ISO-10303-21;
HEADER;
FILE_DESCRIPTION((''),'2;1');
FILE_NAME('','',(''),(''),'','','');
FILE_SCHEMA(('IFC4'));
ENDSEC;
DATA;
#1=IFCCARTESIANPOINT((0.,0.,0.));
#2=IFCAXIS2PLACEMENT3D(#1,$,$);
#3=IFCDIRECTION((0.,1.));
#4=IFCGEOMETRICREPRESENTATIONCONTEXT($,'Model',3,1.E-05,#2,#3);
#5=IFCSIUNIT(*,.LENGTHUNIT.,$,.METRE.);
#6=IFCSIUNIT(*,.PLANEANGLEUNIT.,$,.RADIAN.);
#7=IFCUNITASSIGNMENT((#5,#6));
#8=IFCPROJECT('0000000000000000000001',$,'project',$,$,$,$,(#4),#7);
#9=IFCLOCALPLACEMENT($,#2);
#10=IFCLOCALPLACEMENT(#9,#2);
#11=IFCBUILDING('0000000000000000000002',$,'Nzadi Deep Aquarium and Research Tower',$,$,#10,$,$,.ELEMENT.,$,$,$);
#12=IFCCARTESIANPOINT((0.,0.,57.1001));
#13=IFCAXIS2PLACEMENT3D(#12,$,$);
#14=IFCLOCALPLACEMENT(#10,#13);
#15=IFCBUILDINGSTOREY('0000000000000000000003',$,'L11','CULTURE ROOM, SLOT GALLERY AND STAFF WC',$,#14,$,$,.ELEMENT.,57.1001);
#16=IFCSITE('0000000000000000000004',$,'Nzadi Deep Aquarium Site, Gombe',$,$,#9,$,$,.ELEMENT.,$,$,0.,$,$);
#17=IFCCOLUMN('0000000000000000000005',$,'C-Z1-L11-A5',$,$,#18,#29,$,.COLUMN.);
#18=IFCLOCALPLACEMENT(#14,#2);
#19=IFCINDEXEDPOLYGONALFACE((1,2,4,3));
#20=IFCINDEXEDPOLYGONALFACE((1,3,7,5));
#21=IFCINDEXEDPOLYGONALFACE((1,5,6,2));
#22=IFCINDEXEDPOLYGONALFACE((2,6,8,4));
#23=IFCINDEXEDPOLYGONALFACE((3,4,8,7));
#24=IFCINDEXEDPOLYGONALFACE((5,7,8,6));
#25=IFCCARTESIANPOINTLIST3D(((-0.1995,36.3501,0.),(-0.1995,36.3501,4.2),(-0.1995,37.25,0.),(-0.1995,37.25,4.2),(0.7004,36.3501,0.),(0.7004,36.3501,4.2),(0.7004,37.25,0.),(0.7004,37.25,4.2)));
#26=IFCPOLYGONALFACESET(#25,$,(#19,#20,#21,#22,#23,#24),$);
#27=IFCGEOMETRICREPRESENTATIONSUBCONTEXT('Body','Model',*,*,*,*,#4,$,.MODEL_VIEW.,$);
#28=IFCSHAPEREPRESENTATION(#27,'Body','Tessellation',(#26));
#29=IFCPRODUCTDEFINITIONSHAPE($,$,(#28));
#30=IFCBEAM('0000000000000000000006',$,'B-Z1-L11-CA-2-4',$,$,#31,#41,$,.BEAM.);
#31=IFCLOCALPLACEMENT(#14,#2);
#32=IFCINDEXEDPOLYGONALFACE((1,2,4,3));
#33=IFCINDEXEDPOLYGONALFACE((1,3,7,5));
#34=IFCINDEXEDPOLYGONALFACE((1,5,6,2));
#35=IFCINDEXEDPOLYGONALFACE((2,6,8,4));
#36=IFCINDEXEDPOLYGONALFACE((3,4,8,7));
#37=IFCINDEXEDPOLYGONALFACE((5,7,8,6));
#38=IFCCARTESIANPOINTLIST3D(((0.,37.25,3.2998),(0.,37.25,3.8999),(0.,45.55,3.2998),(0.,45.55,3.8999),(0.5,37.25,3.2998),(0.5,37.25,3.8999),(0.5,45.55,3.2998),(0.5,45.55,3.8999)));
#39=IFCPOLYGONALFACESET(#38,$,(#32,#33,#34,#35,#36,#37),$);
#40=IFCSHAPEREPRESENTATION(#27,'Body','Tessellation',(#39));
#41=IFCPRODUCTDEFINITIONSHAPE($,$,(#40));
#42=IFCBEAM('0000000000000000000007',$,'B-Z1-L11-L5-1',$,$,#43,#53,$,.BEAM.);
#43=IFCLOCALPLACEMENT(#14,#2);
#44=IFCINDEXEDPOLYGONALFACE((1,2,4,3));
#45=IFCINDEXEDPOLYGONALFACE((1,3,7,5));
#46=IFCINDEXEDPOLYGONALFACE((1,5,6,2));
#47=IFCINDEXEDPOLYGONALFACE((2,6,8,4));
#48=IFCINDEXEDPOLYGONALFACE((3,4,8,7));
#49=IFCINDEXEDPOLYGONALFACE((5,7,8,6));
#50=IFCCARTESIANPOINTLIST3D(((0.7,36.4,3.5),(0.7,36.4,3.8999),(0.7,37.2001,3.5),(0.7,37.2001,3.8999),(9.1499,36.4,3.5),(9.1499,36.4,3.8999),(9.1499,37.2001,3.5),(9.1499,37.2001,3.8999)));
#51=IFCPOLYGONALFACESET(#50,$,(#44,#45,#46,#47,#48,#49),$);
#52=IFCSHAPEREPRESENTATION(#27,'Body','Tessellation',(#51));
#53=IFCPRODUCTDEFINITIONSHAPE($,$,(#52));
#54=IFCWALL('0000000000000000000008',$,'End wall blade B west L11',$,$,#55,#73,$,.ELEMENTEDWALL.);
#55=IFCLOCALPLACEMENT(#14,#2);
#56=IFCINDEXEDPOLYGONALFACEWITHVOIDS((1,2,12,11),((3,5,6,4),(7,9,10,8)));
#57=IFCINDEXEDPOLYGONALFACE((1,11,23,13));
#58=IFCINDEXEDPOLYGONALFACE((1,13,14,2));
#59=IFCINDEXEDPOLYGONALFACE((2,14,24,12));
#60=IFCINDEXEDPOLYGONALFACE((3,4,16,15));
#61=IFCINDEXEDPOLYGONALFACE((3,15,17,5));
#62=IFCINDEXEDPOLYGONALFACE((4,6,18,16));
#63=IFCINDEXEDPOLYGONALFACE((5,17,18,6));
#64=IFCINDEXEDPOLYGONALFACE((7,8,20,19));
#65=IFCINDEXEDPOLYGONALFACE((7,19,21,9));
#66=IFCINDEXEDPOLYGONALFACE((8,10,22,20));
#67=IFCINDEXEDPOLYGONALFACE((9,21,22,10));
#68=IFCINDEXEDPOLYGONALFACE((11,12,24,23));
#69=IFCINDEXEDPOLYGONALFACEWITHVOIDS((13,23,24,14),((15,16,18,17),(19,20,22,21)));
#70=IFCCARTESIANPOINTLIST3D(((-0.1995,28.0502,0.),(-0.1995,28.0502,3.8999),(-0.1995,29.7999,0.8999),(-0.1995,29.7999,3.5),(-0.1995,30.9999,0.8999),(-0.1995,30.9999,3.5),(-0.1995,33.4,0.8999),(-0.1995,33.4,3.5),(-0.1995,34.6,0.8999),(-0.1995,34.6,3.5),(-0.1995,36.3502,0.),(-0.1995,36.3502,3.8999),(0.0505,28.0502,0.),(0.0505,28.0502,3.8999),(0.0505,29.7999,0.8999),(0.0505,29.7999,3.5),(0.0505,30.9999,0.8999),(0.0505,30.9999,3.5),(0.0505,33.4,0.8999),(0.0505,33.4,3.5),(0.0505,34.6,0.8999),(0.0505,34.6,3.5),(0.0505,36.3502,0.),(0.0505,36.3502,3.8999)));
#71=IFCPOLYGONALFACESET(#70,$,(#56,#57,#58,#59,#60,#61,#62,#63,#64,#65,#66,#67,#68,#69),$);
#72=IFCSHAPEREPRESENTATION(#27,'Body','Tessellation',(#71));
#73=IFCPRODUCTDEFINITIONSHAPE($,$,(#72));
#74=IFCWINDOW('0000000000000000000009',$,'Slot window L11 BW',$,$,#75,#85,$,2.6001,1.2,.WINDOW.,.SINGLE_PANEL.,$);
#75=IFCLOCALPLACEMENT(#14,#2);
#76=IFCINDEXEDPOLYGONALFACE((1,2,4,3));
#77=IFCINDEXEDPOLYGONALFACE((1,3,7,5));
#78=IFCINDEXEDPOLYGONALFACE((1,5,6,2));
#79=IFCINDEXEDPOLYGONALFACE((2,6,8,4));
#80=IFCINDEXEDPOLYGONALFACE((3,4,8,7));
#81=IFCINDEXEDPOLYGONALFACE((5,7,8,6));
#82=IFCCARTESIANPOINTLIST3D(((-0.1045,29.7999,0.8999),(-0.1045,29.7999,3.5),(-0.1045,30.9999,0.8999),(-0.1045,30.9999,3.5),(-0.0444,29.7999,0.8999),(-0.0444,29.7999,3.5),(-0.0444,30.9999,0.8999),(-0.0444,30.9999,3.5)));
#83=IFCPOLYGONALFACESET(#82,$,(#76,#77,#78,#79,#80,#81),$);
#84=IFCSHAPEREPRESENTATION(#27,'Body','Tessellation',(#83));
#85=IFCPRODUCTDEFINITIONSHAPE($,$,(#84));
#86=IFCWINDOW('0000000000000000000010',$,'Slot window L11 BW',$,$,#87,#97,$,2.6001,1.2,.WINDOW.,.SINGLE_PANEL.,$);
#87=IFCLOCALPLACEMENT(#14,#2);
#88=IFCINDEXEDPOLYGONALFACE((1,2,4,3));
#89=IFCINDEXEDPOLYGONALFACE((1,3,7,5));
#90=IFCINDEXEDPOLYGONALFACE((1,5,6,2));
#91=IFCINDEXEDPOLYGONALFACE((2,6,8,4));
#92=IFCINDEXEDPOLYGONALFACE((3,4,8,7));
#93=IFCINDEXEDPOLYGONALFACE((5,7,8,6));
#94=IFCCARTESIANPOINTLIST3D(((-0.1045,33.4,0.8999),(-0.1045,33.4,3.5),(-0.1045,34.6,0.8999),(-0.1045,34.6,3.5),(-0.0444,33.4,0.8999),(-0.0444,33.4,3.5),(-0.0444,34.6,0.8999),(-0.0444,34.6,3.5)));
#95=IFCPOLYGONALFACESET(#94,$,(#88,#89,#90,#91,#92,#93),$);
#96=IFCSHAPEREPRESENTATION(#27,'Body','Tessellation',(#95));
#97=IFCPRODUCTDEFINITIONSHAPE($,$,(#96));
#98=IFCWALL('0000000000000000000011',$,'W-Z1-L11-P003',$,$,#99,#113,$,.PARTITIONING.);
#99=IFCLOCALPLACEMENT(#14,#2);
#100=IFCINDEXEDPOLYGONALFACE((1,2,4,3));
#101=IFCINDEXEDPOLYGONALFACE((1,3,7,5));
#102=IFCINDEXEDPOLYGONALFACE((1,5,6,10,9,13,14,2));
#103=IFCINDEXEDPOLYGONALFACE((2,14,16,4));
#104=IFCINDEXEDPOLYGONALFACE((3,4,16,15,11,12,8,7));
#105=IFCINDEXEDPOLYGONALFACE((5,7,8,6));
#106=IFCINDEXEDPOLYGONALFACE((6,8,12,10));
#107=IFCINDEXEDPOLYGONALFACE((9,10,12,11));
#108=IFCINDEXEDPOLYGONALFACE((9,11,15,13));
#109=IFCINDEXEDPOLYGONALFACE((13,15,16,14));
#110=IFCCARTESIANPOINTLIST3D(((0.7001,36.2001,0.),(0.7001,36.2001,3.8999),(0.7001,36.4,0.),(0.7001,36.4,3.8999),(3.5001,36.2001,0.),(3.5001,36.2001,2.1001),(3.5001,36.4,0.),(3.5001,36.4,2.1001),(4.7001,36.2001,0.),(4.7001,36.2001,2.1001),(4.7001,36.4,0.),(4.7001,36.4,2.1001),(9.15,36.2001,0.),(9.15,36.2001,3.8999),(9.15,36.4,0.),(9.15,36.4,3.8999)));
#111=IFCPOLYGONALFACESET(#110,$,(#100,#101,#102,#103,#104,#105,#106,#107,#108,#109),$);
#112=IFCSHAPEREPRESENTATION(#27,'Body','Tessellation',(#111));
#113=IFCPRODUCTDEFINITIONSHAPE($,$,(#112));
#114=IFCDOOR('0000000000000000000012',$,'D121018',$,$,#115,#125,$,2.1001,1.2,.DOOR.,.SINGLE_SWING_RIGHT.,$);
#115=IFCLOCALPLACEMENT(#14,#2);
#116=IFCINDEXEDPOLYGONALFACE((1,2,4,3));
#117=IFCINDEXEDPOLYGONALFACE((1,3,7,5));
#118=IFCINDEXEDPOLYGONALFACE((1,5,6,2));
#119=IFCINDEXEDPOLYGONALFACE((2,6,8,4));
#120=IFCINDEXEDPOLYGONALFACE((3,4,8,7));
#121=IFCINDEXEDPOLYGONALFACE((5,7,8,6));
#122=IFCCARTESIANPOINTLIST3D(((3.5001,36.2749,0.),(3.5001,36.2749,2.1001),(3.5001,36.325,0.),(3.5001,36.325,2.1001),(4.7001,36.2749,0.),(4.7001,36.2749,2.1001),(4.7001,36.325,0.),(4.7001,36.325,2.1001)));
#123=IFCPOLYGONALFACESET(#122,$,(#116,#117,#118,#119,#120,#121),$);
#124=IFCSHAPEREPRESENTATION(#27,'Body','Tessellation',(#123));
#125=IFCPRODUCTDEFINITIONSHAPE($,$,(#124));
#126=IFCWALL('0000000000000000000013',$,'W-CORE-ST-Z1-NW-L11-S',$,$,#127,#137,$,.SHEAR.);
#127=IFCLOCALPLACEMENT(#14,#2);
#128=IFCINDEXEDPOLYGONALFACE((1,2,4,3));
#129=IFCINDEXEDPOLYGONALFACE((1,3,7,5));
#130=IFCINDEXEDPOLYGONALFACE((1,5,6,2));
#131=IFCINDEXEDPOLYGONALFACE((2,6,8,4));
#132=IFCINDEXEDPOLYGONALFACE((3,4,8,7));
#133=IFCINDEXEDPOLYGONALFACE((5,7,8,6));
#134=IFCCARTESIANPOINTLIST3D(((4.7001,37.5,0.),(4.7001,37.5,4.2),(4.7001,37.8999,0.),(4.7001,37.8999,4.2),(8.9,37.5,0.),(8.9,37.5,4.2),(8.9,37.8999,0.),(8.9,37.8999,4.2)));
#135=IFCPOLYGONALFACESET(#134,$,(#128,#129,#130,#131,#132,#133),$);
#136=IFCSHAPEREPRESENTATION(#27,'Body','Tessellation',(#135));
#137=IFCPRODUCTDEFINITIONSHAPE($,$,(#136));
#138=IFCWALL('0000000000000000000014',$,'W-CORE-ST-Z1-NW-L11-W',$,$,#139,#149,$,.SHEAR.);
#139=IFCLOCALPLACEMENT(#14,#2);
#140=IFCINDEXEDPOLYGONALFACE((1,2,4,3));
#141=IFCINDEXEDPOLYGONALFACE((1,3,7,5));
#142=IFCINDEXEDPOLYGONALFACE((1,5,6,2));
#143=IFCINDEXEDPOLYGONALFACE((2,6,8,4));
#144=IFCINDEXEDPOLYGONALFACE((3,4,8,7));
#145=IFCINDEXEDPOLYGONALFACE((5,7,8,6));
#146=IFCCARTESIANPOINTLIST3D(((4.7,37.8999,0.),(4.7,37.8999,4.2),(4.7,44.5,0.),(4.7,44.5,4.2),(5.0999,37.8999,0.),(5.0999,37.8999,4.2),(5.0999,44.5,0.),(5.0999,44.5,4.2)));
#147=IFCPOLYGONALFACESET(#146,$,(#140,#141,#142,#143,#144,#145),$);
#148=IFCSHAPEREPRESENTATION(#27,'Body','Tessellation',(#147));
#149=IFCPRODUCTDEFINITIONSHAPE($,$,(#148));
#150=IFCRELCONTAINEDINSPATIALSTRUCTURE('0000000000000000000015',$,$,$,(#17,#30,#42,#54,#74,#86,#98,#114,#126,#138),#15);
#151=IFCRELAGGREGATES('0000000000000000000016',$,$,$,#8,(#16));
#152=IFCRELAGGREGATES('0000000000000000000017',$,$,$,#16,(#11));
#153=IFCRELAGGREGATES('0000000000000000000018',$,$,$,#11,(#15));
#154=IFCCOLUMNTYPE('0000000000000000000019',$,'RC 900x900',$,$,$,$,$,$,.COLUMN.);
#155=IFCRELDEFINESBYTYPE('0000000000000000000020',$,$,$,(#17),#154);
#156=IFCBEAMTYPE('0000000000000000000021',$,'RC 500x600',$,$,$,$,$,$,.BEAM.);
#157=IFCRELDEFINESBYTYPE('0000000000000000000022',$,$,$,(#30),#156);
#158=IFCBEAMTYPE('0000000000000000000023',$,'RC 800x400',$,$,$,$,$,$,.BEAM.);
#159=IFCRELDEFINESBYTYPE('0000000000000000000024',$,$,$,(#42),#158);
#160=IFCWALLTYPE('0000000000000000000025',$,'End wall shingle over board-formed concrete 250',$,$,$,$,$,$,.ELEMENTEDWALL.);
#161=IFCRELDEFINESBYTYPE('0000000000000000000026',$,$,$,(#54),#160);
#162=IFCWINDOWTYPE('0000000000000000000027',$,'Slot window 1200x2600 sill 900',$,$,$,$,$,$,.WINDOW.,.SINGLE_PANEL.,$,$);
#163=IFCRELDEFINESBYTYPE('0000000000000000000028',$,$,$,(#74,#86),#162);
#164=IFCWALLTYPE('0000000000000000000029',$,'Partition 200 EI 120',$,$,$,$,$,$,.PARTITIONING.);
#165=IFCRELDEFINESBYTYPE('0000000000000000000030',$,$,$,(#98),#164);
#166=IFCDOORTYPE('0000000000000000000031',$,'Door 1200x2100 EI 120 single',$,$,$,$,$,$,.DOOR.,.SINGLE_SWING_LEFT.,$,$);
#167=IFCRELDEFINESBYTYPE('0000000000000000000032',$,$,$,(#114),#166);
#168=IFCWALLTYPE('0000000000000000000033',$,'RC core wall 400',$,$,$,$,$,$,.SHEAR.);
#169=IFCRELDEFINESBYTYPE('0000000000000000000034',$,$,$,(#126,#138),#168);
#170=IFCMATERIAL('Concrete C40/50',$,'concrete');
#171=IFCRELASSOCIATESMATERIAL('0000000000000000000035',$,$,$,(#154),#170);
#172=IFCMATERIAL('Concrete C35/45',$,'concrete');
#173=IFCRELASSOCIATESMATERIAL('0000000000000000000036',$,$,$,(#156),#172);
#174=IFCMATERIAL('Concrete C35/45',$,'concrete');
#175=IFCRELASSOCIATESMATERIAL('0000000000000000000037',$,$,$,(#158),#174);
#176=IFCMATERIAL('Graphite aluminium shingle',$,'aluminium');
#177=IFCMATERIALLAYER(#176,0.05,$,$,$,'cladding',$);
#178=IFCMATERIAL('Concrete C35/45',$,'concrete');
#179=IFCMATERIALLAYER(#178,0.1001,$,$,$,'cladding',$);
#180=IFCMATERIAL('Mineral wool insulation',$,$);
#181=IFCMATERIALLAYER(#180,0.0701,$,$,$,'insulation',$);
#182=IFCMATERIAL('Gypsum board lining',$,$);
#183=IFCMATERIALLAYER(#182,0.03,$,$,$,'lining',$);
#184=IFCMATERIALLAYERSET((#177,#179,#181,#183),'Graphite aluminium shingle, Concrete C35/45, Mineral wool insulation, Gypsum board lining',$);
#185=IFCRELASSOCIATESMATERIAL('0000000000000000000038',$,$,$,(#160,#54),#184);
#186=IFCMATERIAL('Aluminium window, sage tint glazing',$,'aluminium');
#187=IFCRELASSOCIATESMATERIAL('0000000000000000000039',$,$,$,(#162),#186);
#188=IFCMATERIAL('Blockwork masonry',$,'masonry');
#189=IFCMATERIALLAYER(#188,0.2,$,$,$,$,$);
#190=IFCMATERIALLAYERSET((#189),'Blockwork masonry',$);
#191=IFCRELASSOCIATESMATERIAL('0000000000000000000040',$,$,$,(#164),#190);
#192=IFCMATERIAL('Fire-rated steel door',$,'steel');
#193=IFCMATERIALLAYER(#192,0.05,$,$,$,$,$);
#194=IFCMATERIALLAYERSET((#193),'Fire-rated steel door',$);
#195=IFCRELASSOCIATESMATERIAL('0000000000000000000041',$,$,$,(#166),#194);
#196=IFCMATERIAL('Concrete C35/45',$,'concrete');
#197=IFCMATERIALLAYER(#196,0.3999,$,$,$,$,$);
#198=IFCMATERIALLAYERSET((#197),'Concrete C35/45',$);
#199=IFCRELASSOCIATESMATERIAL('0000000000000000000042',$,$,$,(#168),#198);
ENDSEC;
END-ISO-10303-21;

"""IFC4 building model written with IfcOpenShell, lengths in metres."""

from ifc_helpers import new_model, si_unit, direction, frame, frame_2d, origin, origin_2d, place, context, subcontext, project, spatial, rectangle, extrude, material, layer, layer_set, layer_usage, material_profile, profile_set, type_object, element, fill, save


model = new_model("IFC4")

# Units and contexts
model_context = context("Model", 3, precision=1e-05, world=origin(), true_north=direction((0.0, 1.0)))
body_context = subcontext(model_context, "Body", "Model", "MODEL_VIEW")
ifc_project = project(units=[si_unit("LENGTHUNIT", "METRE"), si_unit("PLANEANGLEUNIT", "RADIAN")], contexts=[model_context])

# Site, building, storey
site_placement = place(None, origin())
site = spatial("IfcSite", under=ifc_project, at=site_placement, Name="Nzadi Deep Aquarium Site, Gombe", CompositionType="ELEMENT", RefElevation=0.0)
building_placement = place(site_placement, origin())
building = spatial("IfcBuilding", under=site, at=building_placement, Name="Nzadi Deep Aquarium and Research Tower", CompositionType="ELEMENT")
storey_placement = place(building_placement, frame((0.0, 0.0, 57.1001)))
storey = spatial("IfcBuildingStorey", under=building, at=storey_placement, Name="L11", Description="CULTURE ROOM, SLOT GALLERY AND STAFF WC", CompositionType="ELEMENT", Elevation=57.1001)

# Column
ifc_material_1 = material(Name="Concrete C40/50", Category="concrete")
ifc_material_profile_1 = material_profile(ifc_material_1, rectangle(XDim=0.8999, YDim=0.8999, at=origin_2d()))
ifc_profile_set_1 = profile_set([ifc_material_profile_1], Name="Concrete C40/50")
column_type = type_object("IfcColumnType", Name="RC 900x900", PredefinedType="COLUMN", material=ifc_profile_set_1)
column_placement = place(storey_placement, frame((0.2505, 36.8, 0.0), z_axis=(0.0, 0.0, 1.0), x_axis=(1.0, 0.0, 0.0)))
element("IfcColumn", 1, at=column_placement, inside=storey, type_object=column_type, Name="C-Z1-L11-A5", PredefinedType="COLUMN", context=body_context, shape_type="SweptSolid", body=[
    extrude(rectangle(XDim=0.8999, YDim=0.8999, at=origin_2d()), origin(), (0.0, 0.0, 1.0), 4.2),
])

# Beams
ifc_material_2 = material(Name="Concrete C35/45", Category="concrete")
ifc_material_profile_2 = material_profile(ifc_material_2, rectangle(XDim=0.5, YDim=0.6001, at=origin_2d()))
ifc_profile_set_2 = profile_set([ifc_material_profile_2], Name="Concrete C35/45")
beam_type_1 = type_object("IfcBeamType", Name="RC 500x600", PredefinedType="BEAM", material=ifc_profile_set_2)
beam_1_placement = place(storey_placement, frame((0.25, 37.25, 3.5999), z_axis=(0.0, 1.0, 0.0), x_axis=(-1.0, 0.0, 0.0)))
element("IfcBeam", 2, at=beam_1_placement, inside=storey, type_object=beam_type_1, Name="B-Z1-L11-CA-2-4", PredefinedType="BEAM", context=body_context, shape_type="SweptSolid", body=[
    extrude(rectangle(XDim=0.5, YDim=0.6001, at=origin_2d()), origin(), (0.0, 0.0, 1.0), 8.3),
])
ifc_material_3 = material(Name="Concrete C35/45", Category="concrete")
ifc_material_profile_3 = material_profile(ifc_material_3, rectangle(XDim=0.8, YDim=0.3999, at=origin_2d()))
ifc_profile_set_3 = profile_set([ifc_material_profile_3], Name="Concrete C35/45")
beam_type_2 = type_object("IfcBeamType", Name="RC 800x400", PredefinedType="BEAM", material=ifc_profile_set_3)
beam_2_placement = place(storey_placement, frame((0.7, 36.8, 3.7), z_axis=(1.0, 0.0, 0.0), x_axis=(0.0, 1.0, 0.0)))
element("IfcBeam", 3, at=beam_2_placement, inside=storey, type_object=beam_type_2, Name="B-Z1-L11-L5-1", PredefinedType="BEAM", context=body_context, shape_type="SweptSolid", body=[
    extrude(rectangle(XDim=0.8, YDim=0.3999, at=origin_2d()), origin(), (0.0, 0.0, 1.0), 8.45),
])

# Wall, openings, windows
ifc_material_4 = material(Name="Graphite aluminium shingle", Category="aluminium")
ifc_layer_1 = layer(ifc_material_4, 0.05, Category="cladding")
ifc_material_5 = material(Name="Concrete C35/45", Category="concrete")
ifc_layer_2 = layer(ifc_material_5, 0.1001, Category="cladding")
ifc_material_6 = material(Name="Mineral wool insulation")
ifc_layer_3 = layer(ifc_material_6, 0.0701, Category="insulation")
ifc_material_7 = material(Name="Gypsum board lining")
ifc_layer_4 = layer(ifc_material_7, 0.03, Category="lining")
ifc_layer_set_1 = layer_set([ifc_layer_1, ifc_layer_2, ifc_layer_3, ifc_layer_4], Name="Graphite aluminium shingle, Concrete C35/45, Mineral wool insulation, Gypsum board lining")
ifc_layer_usage = layer_usage(ifc_layer_set_1, "AXIS2", "POSITIVE", -0.125)
wall_type_1 = type_object("IfcWallType", Name="End wall shingle over board-formed concrete 250", PredefinedType="ELEMENTEDWALL", material=ifc_layer_set_1)
wall_1_placement = place(storey_placement, frame((-0.0745, 36.3501, 0.0), z_axis=(0.0, 0.0, 1.0), x_axis=(0.0, -1.0, 0.0)))
wall_1 = element("IfcWall", 4, at=wall_1_placement, inside=storey, type_object=wall_type_1, material=ifc_layer_usage, Name="End wall blade B west L11", PredefinedType="ELEMENTEDWALL", context=body_context, shape_type="SweptSolid", body=[
    extrude(rectangle(XDim=8.3, YDim=0.25, at=frame_2d((4.1499, 0.0))), origin(), (0.0, 0.0, 1.0), 3.8999),
])
opening_1_placement = place(wall_1_placement, frame((5.3501, 0.0, 0.8999)))
opening_1 = element("IfcOpeningElement", 5, at=opening_1_placement, cuts=wall_1, PredefinedType="OPENING", context=body_context, shape_type="SweptSolid", body=[
    extrude(rectangle(XDim=1.2, YDim=2.6001, at=frame_2d((0.6001, 1.3))), frame((0.0, 0.135, 0.0), z_axis=(0.0, -1.0, 0.0), x_axis=(1.0, 0.0, 0.0)), (0.0, 0.0, 1.0), 0.27),
])
opening_2_placement = place(wall_1_placement, frame((1.75, 0.0, 0.8999)))
opening_2 = element("IfcOpeningElement", 6, at=opening_2_placement, cuts=wall_1, PredefinedType="OPENING", context=body_context, shape_type="SweptSolid", body=[
    extrude(rectangle(XDim=1.2, YDim=2.6001, at=frame_2d((0.6001, 1.3))), frame((0.0, 0.135, 0.0), z_axis=(0.0, -1.0, 0.0), x_axis=(1.0, 0.0, 0.0)), (0.0, 0.0, 1.0), 0.27),
])
ifc_material_8 = material(Name="Aluminium window, sage tint glazing", Category="aluminium")
window_type = type_object("IfcWindowType", Name="Slot window 1200x2600 sill 900", PartitioningType="SINGLE_PANEL", PredefinedType="WINDOW", material=ifc_material_8)
window_1_placement = place(opening_1_placement, origin())
window_1 = element("IfcWindow", 7, at=window_1_placement, inside=storey, type_object=window_type, Name="Slot window L11 BW", OverallHeight=2.6001, OverallWidth=1.2, PartitioningType="SINGLE_PANEL", PredefinedType="WINDOW", context=body_context, shape_type="SweptSolid", body=[
    extrude(rectangle(XDim=1.2, YDim=2.6001, at=frame_2d((0.6001, 1.3))), frame((0.0, 0.03, 0.0), z_axis=(0.0, -1.0, 0.0), x_axis=(1.0, 0.0, 0.0)), (0.0, 0.0, 1.0), 0.0601),
])
fill(opening_1, window_1)
window_2_placement = place(opening_2_placement, origin())
window_2 = element("IfcWindow", 8, at=window_2_placement, inside=storey, type_object=window_type, Name="Slot window L11 BW", OverallHeight=2.6001, OverallWidth=1.2, PartitioningType="SINGLE_PANEL", PredefinedType="WINDOW", context=body_context, shape_type="SweptSolid", body=[
    extrude(rectangle(XDim=1.2, YDim=2.6001, at=frame_2d((0.6001, 1.3))), frame((0.0, 0.03, 0.0), z_axis=(0.0, -1.0, 0.0), x_axis=(1.0, 0.0, 0.0)), (0.0, 0.0, 1.0), 0.0601),
])
fill(opening_2, window_2)

# Wall, opening, door
ifc_material_9 = material(Name="Blockwork masonry", Category="masonry")
ifc_layer_5 = layer(ifc_material_9, 0.2)
ifc_layer_set_2 = layer_set([ifc_layer_5], Name="Blockwork masonry")
wall_type_2 = type_object("IfcWallType", Name="Partition 200 EI 120", PredefinedType="PARTITIONING", material=ifc_layer_set_2)
wall_2_placement = place(storey_placement, frame((0.7, 36.3, 0.0), z_axis=(0.0, 0.0, 1.0), x_axis=(1.0, 0.0, 0.0)))
wall_2 = element("IfcWall", 9, at=wall_2_placement, inside=storey, type_object=wall_type_2, Name="W-Z1-L11-P003", PredefinedType="PARTITIONING", context=body_context, shape_type="SweptSolid", body=[
    extrude(rectangle(XDim=8.45, YDim=0.2, at=frame_2d((4.2251, 0.0))), origin(), (0.0, 0.0, 1.0), 3.8999),
])
opening_3_placement = place(wall_2_placement, frame((2.8, 0.0, 0.0)))
opening_3 = element("IfcOpeningElement", 10, at=opening_3_placement, cuts=wall_2, PredefinedType="OPENING", context=body_context, shape_type="SweptSolid", body=[
    extrude(rectangle(XDim=1.2, YDim=2.1001, at=frame_2d((0.6001, 1.05))), frame((0.0, 0.1101, 0.0), z_axis=(0.0, -1.0, 0.0), x_axis=(1.0, 0.0, 0.0)), (0.0, 0.0, 1.0), 0.2202),
])
ifc_material_10 = material(Name="Fire-rated steel door", Category="steel")
ifc_layer_6 = layer(ifc_material_10, 0.05)
ifc_layer_set_3 = layer_set([ifc_layer_6], Name="Fire-rated steel door")
door_type_1 = type_object("IfcDoorType", Name="Door 1200x2100 EI 120 single", OperationType="SINGLE_SWING_LEFT", PredefinedType="DOOR", material=ifc_layer_set_3)
door_1_placement = place(opening_3_placement, origin())
door_1 = element("IfcDoor", 11, at=door_1_placement, inside=storey, type_object=door_type_1, Name="D121018", OperationType="SINGLE_SWING_RIGHT", OverallHeight=2.1001, OverallWidth=1.2, PredefinedType="DOOR", context=body_context, shape_type="SweptSolid", body=[
    extrude(rectangle(XDim=1.2, YDim=2.1001, at=frame_2d((0.6001, 1.05))), frame((0.0, 0.0249, 0.0), z_axis=(0.0, -1.0, 0.0), x_axis=(1.0, 0.0, 0.0)), (0.0, 0.0, 1.0), 0.05),
])
fill(opening_3, door_1)

# Walls
ifc_material_11 = material(Name="Concrete C35/45", Category="concrete")
ifc_layer_7 = layer(ifc_material_11, 0.3999)
ifc_layer_set_4 = layer_set([ifc_layer_7], Name="Concrete C35/45")
wall_type_3 = type_object("IfcWallType", Name="RC core wall 400", PredefinedType="SHEAR", material=ifc_layer_set_4)
wall_3_placement = place(storey_placement, frame((4.7, 37.7, 0.0), z_axis=(0.0, 0.0, 1.0), x_axis=(1.0, 0.0, 0.0)))
element("IfcWall", 12, at=wall_3_placement, inside=storey, type_object=wall_type_3, Name="W-CORE-ST-Z1-NW-L11-S", PredefinedType="SHEAR", context=body_context, shape_type="SweptSolid", body=[
    extrude(rectangle(XDim=4.2, YDim=0.3999, at=frame_2d((2.1001, 0.0))), origin(), (0.0, 0.0, 1.0), 4.2),
])
wall_4_placement = place(storey_placement, frame((4.8999, 37.8999, 0.0), z_axis=(0.0, 0.0, 1.0), x_axis=(0.0, 1.0, 0.0)))
element("IfcWall", 13, at=wall_4_placement, inside=storey, type_object=wall_type_3, Name="W-CORE-ST-Z1-NW-L11-W", PredefinedType="SHEAR", context=body_context, shape_type="SweptSolid", body=[
    extrude(rectangle(XDim=6.6001, YDim=0.3999, at=frame_2d((3.3, 0.0))), origin(), (0.0, 0.0, 1.0), 4.2),
])

save(model, "model.ifc")
